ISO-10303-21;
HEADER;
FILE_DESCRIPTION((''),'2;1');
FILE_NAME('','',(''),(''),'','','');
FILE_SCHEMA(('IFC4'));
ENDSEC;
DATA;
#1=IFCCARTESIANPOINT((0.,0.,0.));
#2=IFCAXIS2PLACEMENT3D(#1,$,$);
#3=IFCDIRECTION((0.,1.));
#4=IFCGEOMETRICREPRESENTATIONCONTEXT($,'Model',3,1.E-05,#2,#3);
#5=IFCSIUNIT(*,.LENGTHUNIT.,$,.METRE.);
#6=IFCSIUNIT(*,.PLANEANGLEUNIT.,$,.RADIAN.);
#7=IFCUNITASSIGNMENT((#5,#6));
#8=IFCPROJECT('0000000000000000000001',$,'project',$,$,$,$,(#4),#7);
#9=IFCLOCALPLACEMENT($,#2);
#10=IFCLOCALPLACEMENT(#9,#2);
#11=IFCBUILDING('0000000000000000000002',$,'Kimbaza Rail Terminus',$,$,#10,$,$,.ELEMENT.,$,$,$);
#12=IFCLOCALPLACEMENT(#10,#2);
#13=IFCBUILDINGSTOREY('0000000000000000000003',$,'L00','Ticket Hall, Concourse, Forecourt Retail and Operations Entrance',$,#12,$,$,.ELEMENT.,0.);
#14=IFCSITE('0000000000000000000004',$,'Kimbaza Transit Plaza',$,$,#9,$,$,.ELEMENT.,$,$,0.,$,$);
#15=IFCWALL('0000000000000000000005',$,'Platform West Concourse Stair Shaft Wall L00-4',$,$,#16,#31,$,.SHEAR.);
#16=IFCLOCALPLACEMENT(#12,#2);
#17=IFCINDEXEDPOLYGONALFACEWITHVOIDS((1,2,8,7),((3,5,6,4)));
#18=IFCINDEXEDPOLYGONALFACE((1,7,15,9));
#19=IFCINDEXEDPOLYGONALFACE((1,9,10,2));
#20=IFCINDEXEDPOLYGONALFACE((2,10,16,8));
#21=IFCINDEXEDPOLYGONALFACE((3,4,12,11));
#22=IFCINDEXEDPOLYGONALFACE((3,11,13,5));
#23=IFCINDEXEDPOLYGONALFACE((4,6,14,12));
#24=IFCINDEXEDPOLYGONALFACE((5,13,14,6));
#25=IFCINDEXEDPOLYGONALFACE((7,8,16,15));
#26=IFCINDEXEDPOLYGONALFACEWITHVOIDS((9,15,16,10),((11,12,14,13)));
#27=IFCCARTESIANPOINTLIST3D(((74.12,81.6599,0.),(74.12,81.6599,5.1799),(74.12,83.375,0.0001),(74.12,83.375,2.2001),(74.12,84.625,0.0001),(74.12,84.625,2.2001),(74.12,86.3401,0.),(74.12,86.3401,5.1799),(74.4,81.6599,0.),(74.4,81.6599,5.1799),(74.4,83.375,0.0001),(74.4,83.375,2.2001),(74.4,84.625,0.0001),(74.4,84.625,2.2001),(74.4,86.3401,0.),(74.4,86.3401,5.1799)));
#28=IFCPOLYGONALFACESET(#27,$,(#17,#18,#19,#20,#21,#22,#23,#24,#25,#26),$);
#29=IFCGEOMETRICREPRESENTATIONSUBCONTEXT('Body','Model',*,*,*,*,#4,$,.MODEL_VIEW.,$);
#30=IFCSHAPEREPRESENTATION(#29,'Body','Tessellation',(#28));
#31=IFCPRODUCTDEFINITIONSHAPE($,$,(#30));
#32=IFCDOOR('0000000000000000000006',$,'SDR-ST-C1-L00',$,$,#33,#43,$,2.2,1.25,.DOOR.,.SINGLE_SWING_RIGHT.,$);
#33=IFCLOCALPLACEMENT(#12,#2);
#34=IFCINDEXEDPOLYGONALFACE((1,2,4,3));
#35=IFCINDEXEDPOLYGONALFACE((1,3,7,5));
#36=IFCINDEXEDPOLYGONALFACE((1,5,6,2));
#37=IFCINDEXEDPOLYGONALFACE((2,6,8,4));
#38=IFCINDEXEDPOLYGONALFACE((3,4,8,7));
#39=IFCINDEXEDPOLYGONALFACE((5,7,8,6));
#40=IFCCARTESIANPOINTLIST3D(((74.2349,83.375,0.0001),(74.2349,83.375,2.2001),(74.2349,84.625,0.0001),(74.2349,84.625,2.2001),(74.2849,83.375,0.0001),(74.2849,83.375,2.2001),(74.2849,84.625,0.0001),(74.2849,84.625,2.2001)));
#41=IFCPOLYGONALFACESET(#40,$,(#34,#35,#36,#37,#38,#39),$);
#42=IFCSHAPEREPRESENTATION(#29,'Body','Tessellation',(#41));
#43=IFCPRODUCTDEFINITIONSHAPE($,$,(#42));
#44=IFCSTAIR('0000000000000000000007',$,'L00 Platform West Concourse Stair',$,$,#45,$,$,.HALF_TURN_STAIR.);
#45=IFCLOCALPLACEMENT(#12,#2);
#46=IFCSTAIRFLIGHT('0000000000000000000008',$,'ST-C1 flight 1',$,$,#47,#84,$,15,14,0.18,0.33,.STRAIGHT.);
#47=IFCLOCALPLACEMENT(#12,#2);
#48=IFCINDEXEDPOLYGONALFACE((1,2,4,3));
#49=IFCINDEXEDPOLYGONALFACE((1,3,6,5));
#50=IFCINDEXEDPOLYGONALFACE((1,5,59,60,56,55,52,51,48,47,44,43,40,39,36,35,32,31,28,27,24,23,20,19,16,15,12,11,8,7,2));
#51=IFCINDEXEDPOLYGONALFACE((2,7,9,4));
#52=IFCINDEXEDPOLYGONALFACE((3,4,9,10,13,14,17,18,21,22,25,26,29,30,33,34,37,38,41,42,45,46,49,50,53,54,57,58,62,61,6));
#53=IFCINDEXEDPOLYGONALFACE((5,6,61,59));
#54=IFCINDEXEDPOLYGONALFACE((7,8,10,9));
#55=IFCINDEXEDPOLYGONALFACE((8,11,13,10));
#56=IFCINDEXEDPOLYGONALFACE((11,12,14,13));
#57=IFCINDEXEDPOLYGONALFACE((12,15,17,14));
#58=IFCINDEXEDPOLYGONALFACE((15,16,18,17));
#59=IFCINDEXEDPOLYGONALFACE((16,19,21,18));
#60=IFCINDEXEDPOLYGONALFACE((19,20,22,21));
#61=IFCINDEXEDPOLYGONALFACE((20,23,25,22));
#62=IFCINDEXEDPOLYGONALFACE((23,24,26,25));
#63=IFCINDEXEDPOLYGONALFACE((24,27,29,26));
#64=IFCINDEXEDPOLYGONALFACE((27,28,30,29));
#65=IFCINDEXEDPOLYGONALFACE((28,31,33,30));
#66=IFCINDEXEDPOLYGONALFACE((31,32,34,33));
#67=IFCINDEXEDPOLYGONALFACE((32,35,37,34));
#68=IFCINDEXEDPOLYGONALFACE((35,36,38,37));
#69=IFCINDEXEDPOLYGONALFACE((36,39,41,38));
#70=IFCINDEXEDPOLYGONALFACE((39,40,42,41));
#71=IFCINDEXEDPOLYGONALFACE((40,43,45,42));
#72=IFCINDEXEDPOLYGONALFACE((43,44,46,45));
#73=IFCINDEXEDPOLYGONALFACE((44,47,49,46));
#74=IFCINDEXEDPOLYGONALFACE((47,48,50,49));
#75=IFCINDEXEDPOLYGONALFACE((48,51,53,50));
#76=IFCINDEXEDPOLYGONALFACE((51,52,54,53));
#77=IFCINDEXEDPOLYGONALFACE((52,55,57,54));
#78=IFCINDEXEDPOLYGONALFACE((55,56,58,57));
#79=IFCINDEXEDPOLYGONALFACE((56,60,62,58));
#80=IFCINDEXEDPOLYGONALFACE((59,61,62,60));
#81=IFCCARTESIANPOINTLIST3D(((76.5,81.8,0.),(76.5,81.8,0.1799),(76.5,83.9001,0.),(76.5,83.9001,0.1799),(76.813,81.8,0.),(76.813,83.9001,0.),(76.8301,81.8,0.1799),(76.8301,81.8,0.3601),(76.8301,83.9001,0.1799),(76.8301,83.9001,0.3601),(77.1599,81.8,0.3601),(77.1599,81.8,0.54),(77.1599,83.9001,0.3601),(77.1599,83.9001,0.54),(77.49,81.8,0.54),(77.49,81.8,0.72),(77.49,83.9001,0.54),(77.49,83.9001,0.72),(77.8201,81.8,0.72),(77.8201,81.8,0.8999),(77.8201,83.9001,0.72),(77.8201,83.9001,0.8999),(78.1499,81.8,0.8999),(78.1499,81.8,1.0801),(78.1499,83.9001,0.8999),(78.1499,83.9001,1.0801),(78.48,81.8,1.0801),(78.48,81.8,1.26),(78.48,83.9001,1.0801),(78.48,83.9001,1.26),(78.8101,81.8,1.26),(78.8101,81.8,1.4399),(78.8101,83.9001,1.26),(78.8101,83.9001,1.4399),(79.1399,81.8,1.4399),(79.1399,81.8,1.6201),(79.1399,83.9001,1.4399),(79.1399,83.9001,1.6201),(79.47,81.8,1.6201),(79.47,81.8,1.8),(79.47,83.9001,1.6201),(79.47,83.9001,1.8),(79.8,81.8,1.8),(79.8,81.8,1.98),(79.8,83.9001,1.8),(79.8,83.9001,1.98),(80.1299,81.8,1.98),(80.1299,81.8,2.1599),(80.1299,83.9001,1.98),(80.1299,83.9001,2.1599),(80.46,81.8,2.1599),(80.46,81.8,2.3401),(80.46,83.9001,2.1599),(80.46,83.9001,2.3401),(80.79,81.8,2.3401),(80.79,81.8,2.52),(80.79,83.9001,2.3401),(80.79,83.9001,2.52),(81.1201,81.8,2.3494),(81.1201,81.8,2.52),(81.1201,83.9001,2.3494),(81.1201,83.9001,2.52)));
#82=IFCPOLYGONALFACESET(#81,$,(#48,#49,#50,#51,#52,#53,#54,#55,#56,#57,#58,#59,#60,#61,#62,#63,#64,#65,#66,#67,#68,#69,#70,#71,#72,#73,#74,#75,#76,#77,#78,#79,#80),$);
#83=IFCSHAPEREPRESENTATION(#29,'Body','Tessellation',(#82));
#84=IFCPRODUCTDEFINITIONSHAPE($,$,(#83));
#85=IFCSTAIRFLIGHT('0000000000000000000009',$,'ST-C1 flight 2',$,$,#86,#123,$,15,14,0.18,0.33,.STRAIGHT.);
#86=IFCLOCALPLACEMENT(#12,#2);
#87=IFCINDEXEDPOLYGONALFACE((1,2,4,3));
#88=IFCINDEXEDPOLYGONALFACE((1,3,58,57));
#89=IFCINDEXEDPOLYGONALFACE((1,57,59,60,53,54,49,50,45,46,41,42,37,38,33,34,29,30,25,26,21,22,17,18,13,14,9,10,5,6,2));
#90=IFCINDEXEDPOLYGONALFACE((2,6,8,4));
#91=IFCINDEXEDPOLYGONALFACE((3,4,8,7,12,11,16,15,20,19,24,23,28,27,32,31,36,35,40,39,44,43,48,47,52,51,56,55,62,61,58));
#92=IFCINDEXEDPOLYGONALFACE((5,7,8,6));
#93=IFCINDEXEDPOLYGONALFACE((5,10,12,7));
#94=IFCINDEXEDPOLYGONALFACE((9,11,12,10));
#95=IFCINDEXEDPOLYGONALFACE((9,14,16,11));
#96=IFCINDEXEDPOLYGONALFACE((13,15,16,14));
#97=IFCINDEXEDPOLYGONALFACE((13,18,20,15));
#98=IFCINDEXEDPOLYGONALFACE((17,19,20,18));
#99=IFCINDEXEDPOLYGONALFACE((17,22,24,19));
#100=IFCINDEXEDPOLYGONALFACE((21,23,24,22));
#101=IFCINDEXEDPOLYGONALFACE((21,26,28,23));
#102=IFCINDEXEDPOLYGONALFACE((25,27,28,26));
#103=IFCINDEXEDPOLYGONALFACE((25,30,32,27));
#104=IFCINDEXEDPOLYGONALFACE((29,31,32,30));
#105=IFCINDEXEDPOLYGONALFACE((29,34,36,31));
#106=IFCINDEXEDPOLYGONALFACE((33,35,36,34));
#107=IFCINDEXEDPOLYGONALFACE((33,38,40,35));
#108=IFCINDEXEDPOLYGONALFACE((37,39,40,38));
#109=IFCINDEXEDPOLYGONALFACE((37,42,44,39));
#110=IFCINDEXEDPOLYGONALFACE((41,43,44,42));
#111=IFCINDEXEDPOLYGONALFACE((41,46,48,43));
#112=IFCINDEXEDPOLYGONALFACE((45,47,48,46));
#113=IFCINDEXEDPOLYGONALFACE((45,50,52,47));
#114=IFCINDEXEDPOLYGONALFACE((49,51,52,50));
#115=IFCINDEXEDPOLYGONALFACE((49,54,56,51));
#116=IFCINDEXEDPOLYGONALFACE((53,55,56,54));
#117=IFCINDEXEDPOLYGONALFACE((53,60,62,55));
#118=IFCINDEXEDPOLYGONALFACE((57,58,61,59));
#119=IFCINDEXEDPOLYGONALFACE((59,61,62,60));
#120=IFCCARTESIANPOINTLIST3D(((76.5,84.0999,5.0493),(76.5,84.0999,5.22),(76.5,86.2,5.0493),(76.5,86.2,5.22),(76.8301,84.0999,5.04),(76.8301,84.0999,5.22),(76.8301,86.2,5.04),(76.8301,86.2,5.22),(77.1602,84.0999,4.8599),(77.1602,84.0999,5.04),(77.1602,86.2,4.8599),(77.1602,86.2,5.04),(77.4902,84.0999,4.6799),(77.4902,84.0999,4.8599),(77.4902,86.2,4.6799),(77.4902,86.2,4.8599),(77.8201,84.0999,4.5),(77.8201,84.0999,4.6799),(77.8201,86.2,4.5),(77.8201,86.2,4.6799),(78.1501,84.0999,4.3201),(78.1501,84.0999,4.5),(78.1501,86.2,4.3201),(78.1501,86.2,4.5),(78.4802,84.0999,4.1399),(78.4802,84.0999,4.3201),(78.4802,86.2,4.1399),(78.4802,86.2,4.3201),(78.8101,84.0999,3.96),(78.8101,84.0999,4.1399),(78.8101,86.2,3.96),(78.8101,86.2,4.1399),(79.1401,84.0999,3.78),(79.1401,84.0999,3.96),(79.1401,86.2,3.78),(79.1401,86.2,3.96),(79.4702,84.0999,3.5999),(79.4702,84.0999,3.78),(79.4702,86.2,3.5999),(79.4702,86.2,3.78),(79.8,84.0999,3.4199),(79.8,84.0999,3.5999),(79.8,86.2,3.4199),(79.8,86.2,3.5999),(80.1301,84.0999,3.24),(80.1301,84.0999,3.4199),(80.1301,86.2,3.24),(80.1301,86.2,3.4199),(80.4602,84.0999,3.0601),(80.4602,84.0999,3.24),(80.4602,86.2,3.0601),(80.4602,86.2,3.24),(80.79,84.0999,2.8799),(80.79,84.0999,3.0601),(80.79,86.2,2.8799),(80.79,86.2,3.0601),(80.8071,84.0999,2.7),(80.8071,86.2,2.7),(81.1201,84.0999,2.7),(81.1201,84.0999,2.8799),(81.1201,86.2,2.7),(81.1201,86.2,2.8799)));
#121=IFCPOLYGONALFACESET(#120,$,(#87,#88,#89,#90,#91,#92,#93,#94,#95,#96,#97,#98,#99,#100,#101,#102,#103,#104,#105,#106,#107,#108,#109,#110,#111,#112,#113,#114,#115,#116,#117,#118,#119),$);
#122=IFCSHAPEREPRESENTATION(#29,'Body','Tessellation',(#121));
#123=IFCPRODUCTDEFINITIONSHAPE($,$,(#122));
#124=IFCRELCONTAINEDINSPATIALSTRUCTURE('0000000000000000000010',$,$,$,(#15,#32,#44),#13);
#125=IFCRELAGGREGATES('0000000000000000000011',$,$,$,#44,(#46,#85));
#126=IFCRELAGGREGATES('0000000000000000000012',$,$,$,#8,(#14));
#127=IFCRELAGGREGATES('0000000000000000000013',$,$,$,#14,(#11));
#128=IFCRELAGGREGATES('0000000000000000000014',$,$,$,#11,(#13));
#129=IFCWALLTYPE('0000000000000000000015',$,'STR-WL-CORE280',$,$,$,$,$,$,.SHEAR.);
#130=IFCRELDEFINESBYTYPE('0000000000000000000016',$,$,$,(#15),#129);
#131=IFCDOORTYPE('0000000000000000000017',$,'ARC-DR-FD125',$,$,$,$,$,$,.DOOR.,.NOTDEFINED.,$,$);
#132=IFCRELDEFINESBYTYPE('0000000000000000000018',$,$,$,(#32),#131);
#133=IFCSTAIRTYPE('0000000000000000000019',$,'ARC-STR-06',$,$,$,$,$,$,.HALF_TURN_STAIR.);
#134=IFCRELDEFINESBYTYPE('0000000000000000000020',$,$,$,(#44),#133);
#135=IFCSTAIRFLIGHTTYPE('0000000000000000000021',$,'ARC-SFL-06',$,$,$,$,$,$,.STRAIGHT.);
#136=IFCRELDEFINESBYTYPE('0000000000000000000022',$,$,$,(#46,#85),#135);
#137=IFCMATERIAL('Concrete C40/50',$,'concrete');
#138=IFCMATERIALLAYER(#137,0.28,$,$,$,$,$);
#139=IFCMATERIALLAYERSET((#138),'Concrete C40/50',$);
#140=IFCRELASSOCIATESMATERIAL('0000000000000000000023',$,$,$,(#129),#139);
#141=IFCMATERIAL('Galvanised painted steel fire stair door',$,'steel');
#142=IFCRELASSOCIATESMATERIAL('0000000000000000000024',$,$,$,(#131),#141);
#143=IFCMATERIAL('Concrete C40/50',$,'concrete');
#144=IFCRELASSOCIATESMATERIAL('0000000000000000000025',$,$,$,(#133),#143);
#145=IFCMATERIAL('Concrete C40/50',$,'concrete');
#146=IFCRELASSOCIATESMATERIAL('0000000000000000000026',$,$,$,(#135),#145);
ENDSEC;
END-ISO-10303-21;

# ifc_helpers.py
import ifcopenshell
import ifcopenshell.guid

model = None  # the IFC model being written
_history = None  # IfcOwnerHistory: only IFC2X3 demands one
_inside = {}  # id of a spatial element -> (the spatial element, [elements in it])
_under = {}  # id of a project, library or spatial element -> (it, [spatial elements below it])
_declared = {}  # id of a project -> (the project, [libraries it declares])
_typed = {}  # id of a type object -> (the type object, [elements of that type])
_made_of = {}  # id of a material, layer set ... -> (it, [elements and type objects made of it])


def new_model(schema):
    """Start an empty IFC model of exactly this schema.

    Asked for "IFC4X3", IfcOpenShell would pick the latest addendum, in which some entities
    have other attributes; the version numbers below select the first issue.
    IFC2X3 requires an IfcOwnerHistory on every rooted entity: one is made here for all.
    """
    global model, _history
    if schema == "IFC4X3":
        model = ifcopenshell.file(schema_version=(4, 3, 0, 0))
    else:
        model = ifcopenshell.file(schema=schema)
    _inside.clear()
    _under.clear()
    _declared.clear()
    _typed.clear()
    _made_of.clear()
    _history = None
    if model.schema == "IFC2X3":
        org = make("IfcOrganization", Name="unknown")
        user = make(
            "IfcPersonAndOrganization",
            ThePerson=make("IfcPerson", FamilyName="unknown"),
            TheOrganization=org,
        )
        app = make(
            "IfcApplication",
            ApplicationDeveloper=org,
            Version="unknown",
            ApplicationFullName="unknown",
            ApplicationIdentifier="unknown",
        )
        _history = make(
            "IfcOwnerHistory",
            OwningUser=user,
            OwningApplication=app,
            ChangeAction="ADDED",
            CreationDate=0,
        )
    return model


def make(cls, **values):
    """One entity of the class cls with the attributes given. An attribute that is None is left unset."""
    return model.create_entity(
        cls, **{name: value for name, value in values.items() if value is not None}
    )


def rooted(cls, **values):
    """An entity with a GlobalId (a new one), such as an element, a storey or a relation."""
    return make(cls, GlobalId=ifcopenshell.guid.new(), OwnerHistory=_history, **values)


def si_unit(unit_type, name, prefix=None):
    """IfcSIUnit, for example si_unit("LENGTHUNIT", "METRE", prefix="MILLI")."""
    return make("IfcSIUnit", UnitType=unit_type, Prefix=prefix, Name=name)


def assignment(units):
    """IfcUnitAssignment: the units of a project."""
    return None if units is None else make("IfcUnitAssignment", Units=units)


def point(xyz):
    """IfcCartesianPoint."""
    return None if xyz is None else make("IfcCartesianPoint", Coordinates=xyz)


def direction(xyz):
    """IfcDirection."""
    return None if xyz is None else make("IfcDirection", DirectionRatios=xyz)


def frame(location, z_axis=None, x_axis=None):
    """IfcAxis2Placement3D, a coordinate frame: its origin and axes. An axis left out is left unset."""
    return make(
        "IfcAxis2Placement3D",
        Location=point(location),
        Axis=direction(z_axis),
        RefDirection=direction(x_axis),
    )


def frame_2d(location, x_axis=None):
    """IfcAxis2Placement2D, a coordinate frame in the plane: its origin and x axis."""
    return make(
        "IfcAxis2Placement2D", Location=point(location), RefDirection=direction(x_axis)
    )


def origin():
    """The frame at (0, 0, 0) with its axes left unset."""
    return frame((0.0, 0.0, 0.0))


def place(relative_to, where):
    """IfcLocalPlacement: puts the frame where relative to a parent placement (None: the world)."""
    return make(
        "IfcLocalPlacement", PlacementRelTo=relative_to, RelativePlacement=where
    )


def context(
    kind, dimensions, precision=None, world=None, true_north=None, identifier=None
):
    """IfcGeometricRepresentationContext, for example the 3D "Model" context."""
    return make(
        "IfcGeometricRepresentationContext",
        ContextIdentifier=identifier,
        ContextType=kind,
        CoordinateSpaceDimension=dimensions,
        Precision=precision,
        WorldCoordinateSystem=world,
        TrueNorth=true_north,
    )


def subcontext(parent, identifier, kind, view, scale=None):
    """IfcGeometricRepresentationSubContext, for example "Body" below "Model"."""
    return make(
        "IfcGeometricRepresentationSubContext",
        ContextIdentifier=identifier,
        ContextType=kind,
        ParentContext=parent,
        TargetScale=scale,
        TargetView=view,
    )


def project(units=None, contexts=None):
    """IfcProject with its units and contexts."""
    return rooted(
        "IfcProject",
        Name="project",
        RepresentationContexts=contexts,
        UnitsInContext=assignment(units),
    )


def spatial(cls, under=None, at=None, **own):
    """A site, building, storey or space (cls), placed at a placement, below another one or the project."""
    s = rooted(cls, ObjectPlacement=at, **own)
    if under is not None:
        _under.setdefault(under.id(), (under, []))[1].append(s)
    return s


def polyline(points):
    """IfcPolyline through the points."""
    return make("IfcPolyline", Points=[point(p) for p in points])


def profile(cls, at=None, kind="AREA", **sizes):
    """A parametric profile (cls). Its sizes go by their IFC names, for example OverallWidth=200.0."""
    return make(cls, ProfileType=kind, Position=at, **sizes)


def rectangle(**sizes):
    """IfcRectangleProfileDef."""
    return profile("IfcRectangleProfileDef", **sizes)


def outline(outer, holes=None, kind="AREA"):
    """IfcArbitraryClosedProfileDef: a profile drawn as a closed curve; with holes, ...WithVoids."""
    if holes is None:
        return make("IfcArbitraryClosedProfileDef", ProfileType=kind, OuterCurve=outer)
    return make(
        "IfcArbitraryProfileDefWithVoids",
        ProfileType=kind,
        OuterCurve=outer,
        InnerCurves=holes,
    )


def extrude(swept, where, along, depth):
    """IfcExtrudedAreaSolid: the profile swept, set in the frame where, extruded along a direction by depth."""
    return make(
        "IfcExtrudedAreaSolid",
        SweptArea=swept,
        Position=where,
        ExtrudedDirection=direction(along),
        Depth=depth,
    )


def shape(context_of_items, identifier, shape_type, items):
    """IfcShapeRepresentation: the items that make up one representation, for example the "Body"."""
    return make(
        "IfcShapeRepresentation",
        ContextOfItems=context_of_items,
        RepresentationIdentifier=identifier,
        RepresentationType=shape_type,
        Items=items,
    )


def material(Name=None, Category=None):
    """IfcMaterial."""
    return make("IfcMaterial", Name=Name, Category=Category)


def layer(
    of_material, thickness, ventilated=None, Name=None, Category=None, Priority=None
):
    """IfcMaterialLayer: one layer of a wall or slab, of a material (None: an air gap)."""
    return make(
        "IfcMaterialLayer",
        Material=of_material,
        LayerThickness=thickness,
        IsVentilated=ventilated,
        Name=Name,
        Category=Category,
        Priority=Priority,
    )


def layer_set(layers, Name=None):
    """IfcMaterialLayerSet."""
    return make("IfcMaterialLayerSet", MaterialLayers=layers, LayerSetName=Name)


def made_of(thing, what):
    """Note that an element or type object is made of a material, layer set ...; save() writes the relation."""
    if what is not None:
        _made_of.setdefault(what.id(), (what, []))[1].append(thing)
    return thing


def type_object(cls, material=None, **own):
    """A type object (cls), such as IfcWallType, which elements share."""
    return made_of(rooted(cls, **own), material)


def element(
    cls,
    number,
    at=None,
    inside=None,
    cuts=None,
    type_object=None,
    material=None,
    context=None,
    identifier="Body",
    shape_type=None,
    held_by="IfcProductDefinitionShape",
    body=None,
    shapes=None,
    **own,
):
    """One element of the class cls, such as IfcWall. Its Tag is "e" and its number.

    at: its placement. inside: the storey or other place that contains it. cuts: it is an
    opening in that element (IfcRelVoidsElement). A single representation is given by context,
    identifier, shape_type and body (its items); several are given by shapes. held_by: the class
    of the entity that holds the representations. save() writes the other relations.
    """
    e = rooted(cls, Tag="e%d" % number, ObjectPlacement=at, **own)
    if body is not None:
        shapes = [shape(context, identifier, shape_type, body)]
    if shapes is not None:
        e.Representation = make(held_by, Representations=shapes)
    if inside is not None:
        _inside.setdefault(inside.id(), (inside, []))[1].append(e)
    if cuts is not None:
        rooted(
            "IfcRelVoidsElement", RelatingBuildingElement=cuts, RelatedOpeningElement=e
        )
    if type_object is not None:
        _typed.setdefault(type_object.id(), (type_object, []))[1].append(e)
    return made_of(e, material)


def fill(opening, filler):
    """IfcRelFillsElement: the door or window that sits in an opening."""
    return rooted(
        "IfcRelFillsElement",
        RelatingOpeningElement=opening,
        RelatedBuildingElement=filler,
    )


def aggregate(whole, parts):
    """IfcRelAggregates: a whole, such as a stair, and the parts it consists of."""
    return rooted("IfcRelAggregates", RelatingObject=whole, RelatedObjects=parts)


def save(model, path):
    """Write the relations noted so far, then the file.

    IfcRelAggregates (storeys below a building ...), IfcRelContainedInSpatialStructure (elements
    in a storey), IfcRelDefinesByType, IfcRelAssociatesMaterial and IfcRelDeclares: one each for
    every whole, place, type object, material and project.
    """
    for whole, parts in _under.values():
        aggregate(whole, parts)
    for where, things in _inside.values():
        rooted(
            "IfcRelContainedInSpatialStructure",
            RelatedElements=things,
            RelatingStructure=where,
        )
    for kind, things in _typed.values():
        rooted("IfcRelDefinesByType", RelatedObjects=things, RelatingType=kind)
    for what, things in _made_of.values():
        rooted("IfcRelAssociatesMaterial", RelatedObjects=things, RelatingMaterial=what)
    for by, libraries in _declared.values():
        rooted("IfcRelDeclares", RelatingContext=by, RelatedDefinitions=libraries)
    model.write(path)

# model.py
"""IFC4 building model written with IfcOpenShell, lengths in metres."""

from ifc_helpers import new_model, si_unit, direction, frame, frame_2d, origin, place, context, subcontext, project, spatial, polyline, rectangle, outline, extrude, material, layer, layer_set, type_object, element, fill, aggregate, save


model = new_model("IFC4")

# Units and contexts
model_context = context("Model", 3, precision=1e-05, world=origin(), true_north=direction((0.0, 1.0)))
body_context = subcontext(model_context, "Body", "Model", "MODEL_VIEW")
ifc_project = project(units=[si_unit("LENGTHUNIT", "METRE"), si_unit("PLANEANGLEUNIT", "RADIAN")], contexts=[model_context])

# Site, building, storey
site_placement = place(None, origin())
site = spatial("IfcSite", under=ifc_project, at=site_placement, Name="Kimbaza Transit Plaza", CompositionType="ELEMENT", RefElevation=0.0)
building_placement = place(site_placement, origin())
building = spatial("IfcBuilding", under=site, at=building_placement, Name="Kimbaza Rail Terminus", CompositionType="ELEMENT")
storey_placement = place(building_placement, origin())
storey = spatial("IfcBuildingStorey", under=building, at=storey_placement, Name="L00", Description="Ticket Hall, Concourse, Forecourt Retail and Operations Entrance", CompositionType="ELEMENT", Elevation=0.0)

# Shared definitions
ifc_material_1 = material(Name="Concrete C40/50", Category="concrete")
ifc_layer_1 = layer(ifc_material_1, 0.28)
ifc_layer_set_1 = layer_set([ifc_layer_1], Name="Concrete C40/50")
wall_type_1 = type_object("IfcWallType", Name="STR-WL-CORE280", PredefinedType="SHEAR", material=ifc_layer_set_1)

# Wall, opening, door
wall_1_placement = place(storey_placement, frame((74.26, 86.3401, 0.0), z_axis=(0.0, 0.0, 1.0), x_axis=(0.0, -1.0, 0.0)))
wall_1 = element("IfcWall", 1, at=wall_1_placement, inside=storey, type_object=wall_type_1, Name="Platform West Concourse Stair Shaft Wall L00-4", PredefinedType="SHEAR", context=body_context, shape_type="SweptSolid", body=[
    extrude(rectangle(XDim=4.6802, YDim=0.28, at=frame_2d((2.3401, 0.0))), origin(), (0.0, 0.0, 1.0), 5.1799),
])
opening_placement = place(wall_1_placement, frame((1.7151, 0.0, 0.0)))
opening = element("IfcOpeningElement", 2, at=opening_placement, cuts=wall_1, PredefinedType="OPENING", context=body_context, shape_type="SweptSolid", body=[
    extrude(rectangle(XDim=1.25, YDim=2.2, at=frame_2d((0.625, 1.1001))), frame((0.0, 0.1499, 0.0), z_axis=(0.0, -1.0, 0.0), x_axis=(1.0, 0.0, 0.0)), (0.0, 0.0, 1.0), 0.3),
])
ifc_material_2 = material(Name="Galvanised painted steel fire stair door", Category="steel")
door_type = type_object("IfcDoorType", Name="ARC-DR-FD125", OperationType="NOTDEFINED", PredefinedType="DOOR", material=ifc_material_2)
door_placement = place(opening_placement, origin())
door = element("IfcDoor", 3, at=door_placement, inside=storey, type_object=door_type, Name="SDR-ST-C1-L00", OperationType="SINGLE_SWING_RIGHT", OverallHeight=2.2, OverallWidth=1.25, PredefinedType="DOOR", context=body_context, shape_type="SweptSolid", body=[
    extrude(rectangle(XDim=1.25, YDim=2.2, at=frame_2d((0.625, 1.1001))), frame((0.0, 0.0249, 0.0), z_axis=(0.0, -1.0, 0.0), x_axis=(1.0, 0.0, 0.0)), (0.0, 0.0, 1.0), 0.05),
])
fill(opening, door)

# Stair, stair flights
ifc_material_3 = material(Name="Concrete C40/50", Category="concrete")
stair_type = type_object("IfcStairType", Name="ARC-STR-06", PredefinedType="HALF_TURN_STAIR", material=ifc_material_3)
stair_placement = place(storey_placement, origin())
stair = element("IfcStair", 4, at=stair_placement, inside=storey, type_object=stair_type, Name="L00 Platform West Concourse Stair", PredefinedType="HALF_TURN_STAIR")
ifc_material_4 = material(Name="Concrete C40/50", Category="concrete")
stair_flight_type = type_object("IfcStairFlightType", Name="ARC-SFL-06", PredefinedType="STRAIGHT", material=ifc_material_4)
stair_flight_1_placement = place(storey_placement, frame((76.5, 82.8501, 0.0), z_axis=(0.0, 0.0, 1.0), x_axis=(1.0, 0.0, 0.0)))
stair_flight_1 = element("IfcStairFlight", 5, at=stair_flight_1_placement, type_object=stair_flight_type, Name="ST-C1 flight 1", NumberOfRisers=15, NumberOfTreads=14, PredefinedType="STRAIGHT", RiserHeight=0.18, TreadLength=0.33, context=body_context, shape_type="SweptSolid", body=[
    extrude(outline(polyline([(0.0, 0.0), (0.0, 0.1799), (0.3301, 0.1799), (0.3301, 0.3601), (0.6599, 0.3601), (0.6599, 0.54), (0.99, 0.54), (0.99, 0.72), (1.3201, 0.72), (1.3201, 0.8999), (1.6499, 0.8999), (1.6499, 1.0801), (1.98, 1.0801), (1.98, 1.26), (2.3101, 1.26), (2.3101, 1.4399), (2.6399, 1.4399), (2.6399, 1.6201), (2.97, 1.6201), (2.97, 1.8), (3.3, 1.8), (3.3, 1.98), (3.6299, 1.98), (3.6299, 2.1599), (3.96, 2.1599), (3.96, 2.3401), (4.29, 2.3401), (4.29, 2.52), (4.6201, 2.52), (4.6201, 2.7), (4.6201, 2.3494), (0.313, 0.0), (0.0, 0.0)])), frame((0.0, 1.05, 0.0), z_axis=(0.0, -1.0, 0.0), x_axis=(1.0, 0.0, 0.0)), (0.0, 0.0, 1.0), 2.1001),
])
stair_flight_2_placement = place(storey_placement, frame((81.1201, 85.1499, 2.7), z_axis=(0.0, 0.0, 1.0), x_axis=(-1.0, 0.0, 0.0)))
stair_flight_2 = element("IfcStairFlight", 6, at=stair_flight_2_placement, type_object=stair_flight_type, Name="ST-C1 flight 2", NumberOfRisers=15, NumberOfTreads=14, PredefinedType="STRAIGHT", RiserHeight=0.18, TreadLength=0.33, context=body_context, shape_type="SweptSolid", body=[
    extrude(outline(polyline([(0.0, 0.0), (0.0, 0.1799), (0.3301, 0.1799), (0.3301, 0.3601), (0.6599, 0.3601), (0.6599, 0.54), (0.99, 0.54), (0.99, 0.72), (1.3201, 0.72), (1.3201, 0.8999), (1.6499, 0.8999), (1.6499, 1.0801), (1.98, 1.0801), (1.98, 1.26), (2.3101, 1.26), (2.3101, 1.4399), (2.6399, 1.4399), (2.6399, 1.6201), (2.97, 1.6201), (2.97, 1.8), (3.3, 1.8), (3.3, 1.98), (3.6299, 1.98), (3.6299, 2.1599), (3.96, 2.1599), (3.96, 2.3401), (4.29, 2.3401), (4.29, 2.52), (4.6201, 2.52), (4.6201, 2.7), (4.6201, 2.3494), (0.313, 0.0), (0.0, 0.0)])), frame((0.0, 1.05, 0.0), z_axis=(0.0, -1.0, 0.0), x_axis=(1.0, 0.0, 0.0)), (0.0, 0.0, 1.0), 2.1001),
])
aggregate(stair, [stair_flight_1, stair_flight_2])

save(model, "model.ifc")
